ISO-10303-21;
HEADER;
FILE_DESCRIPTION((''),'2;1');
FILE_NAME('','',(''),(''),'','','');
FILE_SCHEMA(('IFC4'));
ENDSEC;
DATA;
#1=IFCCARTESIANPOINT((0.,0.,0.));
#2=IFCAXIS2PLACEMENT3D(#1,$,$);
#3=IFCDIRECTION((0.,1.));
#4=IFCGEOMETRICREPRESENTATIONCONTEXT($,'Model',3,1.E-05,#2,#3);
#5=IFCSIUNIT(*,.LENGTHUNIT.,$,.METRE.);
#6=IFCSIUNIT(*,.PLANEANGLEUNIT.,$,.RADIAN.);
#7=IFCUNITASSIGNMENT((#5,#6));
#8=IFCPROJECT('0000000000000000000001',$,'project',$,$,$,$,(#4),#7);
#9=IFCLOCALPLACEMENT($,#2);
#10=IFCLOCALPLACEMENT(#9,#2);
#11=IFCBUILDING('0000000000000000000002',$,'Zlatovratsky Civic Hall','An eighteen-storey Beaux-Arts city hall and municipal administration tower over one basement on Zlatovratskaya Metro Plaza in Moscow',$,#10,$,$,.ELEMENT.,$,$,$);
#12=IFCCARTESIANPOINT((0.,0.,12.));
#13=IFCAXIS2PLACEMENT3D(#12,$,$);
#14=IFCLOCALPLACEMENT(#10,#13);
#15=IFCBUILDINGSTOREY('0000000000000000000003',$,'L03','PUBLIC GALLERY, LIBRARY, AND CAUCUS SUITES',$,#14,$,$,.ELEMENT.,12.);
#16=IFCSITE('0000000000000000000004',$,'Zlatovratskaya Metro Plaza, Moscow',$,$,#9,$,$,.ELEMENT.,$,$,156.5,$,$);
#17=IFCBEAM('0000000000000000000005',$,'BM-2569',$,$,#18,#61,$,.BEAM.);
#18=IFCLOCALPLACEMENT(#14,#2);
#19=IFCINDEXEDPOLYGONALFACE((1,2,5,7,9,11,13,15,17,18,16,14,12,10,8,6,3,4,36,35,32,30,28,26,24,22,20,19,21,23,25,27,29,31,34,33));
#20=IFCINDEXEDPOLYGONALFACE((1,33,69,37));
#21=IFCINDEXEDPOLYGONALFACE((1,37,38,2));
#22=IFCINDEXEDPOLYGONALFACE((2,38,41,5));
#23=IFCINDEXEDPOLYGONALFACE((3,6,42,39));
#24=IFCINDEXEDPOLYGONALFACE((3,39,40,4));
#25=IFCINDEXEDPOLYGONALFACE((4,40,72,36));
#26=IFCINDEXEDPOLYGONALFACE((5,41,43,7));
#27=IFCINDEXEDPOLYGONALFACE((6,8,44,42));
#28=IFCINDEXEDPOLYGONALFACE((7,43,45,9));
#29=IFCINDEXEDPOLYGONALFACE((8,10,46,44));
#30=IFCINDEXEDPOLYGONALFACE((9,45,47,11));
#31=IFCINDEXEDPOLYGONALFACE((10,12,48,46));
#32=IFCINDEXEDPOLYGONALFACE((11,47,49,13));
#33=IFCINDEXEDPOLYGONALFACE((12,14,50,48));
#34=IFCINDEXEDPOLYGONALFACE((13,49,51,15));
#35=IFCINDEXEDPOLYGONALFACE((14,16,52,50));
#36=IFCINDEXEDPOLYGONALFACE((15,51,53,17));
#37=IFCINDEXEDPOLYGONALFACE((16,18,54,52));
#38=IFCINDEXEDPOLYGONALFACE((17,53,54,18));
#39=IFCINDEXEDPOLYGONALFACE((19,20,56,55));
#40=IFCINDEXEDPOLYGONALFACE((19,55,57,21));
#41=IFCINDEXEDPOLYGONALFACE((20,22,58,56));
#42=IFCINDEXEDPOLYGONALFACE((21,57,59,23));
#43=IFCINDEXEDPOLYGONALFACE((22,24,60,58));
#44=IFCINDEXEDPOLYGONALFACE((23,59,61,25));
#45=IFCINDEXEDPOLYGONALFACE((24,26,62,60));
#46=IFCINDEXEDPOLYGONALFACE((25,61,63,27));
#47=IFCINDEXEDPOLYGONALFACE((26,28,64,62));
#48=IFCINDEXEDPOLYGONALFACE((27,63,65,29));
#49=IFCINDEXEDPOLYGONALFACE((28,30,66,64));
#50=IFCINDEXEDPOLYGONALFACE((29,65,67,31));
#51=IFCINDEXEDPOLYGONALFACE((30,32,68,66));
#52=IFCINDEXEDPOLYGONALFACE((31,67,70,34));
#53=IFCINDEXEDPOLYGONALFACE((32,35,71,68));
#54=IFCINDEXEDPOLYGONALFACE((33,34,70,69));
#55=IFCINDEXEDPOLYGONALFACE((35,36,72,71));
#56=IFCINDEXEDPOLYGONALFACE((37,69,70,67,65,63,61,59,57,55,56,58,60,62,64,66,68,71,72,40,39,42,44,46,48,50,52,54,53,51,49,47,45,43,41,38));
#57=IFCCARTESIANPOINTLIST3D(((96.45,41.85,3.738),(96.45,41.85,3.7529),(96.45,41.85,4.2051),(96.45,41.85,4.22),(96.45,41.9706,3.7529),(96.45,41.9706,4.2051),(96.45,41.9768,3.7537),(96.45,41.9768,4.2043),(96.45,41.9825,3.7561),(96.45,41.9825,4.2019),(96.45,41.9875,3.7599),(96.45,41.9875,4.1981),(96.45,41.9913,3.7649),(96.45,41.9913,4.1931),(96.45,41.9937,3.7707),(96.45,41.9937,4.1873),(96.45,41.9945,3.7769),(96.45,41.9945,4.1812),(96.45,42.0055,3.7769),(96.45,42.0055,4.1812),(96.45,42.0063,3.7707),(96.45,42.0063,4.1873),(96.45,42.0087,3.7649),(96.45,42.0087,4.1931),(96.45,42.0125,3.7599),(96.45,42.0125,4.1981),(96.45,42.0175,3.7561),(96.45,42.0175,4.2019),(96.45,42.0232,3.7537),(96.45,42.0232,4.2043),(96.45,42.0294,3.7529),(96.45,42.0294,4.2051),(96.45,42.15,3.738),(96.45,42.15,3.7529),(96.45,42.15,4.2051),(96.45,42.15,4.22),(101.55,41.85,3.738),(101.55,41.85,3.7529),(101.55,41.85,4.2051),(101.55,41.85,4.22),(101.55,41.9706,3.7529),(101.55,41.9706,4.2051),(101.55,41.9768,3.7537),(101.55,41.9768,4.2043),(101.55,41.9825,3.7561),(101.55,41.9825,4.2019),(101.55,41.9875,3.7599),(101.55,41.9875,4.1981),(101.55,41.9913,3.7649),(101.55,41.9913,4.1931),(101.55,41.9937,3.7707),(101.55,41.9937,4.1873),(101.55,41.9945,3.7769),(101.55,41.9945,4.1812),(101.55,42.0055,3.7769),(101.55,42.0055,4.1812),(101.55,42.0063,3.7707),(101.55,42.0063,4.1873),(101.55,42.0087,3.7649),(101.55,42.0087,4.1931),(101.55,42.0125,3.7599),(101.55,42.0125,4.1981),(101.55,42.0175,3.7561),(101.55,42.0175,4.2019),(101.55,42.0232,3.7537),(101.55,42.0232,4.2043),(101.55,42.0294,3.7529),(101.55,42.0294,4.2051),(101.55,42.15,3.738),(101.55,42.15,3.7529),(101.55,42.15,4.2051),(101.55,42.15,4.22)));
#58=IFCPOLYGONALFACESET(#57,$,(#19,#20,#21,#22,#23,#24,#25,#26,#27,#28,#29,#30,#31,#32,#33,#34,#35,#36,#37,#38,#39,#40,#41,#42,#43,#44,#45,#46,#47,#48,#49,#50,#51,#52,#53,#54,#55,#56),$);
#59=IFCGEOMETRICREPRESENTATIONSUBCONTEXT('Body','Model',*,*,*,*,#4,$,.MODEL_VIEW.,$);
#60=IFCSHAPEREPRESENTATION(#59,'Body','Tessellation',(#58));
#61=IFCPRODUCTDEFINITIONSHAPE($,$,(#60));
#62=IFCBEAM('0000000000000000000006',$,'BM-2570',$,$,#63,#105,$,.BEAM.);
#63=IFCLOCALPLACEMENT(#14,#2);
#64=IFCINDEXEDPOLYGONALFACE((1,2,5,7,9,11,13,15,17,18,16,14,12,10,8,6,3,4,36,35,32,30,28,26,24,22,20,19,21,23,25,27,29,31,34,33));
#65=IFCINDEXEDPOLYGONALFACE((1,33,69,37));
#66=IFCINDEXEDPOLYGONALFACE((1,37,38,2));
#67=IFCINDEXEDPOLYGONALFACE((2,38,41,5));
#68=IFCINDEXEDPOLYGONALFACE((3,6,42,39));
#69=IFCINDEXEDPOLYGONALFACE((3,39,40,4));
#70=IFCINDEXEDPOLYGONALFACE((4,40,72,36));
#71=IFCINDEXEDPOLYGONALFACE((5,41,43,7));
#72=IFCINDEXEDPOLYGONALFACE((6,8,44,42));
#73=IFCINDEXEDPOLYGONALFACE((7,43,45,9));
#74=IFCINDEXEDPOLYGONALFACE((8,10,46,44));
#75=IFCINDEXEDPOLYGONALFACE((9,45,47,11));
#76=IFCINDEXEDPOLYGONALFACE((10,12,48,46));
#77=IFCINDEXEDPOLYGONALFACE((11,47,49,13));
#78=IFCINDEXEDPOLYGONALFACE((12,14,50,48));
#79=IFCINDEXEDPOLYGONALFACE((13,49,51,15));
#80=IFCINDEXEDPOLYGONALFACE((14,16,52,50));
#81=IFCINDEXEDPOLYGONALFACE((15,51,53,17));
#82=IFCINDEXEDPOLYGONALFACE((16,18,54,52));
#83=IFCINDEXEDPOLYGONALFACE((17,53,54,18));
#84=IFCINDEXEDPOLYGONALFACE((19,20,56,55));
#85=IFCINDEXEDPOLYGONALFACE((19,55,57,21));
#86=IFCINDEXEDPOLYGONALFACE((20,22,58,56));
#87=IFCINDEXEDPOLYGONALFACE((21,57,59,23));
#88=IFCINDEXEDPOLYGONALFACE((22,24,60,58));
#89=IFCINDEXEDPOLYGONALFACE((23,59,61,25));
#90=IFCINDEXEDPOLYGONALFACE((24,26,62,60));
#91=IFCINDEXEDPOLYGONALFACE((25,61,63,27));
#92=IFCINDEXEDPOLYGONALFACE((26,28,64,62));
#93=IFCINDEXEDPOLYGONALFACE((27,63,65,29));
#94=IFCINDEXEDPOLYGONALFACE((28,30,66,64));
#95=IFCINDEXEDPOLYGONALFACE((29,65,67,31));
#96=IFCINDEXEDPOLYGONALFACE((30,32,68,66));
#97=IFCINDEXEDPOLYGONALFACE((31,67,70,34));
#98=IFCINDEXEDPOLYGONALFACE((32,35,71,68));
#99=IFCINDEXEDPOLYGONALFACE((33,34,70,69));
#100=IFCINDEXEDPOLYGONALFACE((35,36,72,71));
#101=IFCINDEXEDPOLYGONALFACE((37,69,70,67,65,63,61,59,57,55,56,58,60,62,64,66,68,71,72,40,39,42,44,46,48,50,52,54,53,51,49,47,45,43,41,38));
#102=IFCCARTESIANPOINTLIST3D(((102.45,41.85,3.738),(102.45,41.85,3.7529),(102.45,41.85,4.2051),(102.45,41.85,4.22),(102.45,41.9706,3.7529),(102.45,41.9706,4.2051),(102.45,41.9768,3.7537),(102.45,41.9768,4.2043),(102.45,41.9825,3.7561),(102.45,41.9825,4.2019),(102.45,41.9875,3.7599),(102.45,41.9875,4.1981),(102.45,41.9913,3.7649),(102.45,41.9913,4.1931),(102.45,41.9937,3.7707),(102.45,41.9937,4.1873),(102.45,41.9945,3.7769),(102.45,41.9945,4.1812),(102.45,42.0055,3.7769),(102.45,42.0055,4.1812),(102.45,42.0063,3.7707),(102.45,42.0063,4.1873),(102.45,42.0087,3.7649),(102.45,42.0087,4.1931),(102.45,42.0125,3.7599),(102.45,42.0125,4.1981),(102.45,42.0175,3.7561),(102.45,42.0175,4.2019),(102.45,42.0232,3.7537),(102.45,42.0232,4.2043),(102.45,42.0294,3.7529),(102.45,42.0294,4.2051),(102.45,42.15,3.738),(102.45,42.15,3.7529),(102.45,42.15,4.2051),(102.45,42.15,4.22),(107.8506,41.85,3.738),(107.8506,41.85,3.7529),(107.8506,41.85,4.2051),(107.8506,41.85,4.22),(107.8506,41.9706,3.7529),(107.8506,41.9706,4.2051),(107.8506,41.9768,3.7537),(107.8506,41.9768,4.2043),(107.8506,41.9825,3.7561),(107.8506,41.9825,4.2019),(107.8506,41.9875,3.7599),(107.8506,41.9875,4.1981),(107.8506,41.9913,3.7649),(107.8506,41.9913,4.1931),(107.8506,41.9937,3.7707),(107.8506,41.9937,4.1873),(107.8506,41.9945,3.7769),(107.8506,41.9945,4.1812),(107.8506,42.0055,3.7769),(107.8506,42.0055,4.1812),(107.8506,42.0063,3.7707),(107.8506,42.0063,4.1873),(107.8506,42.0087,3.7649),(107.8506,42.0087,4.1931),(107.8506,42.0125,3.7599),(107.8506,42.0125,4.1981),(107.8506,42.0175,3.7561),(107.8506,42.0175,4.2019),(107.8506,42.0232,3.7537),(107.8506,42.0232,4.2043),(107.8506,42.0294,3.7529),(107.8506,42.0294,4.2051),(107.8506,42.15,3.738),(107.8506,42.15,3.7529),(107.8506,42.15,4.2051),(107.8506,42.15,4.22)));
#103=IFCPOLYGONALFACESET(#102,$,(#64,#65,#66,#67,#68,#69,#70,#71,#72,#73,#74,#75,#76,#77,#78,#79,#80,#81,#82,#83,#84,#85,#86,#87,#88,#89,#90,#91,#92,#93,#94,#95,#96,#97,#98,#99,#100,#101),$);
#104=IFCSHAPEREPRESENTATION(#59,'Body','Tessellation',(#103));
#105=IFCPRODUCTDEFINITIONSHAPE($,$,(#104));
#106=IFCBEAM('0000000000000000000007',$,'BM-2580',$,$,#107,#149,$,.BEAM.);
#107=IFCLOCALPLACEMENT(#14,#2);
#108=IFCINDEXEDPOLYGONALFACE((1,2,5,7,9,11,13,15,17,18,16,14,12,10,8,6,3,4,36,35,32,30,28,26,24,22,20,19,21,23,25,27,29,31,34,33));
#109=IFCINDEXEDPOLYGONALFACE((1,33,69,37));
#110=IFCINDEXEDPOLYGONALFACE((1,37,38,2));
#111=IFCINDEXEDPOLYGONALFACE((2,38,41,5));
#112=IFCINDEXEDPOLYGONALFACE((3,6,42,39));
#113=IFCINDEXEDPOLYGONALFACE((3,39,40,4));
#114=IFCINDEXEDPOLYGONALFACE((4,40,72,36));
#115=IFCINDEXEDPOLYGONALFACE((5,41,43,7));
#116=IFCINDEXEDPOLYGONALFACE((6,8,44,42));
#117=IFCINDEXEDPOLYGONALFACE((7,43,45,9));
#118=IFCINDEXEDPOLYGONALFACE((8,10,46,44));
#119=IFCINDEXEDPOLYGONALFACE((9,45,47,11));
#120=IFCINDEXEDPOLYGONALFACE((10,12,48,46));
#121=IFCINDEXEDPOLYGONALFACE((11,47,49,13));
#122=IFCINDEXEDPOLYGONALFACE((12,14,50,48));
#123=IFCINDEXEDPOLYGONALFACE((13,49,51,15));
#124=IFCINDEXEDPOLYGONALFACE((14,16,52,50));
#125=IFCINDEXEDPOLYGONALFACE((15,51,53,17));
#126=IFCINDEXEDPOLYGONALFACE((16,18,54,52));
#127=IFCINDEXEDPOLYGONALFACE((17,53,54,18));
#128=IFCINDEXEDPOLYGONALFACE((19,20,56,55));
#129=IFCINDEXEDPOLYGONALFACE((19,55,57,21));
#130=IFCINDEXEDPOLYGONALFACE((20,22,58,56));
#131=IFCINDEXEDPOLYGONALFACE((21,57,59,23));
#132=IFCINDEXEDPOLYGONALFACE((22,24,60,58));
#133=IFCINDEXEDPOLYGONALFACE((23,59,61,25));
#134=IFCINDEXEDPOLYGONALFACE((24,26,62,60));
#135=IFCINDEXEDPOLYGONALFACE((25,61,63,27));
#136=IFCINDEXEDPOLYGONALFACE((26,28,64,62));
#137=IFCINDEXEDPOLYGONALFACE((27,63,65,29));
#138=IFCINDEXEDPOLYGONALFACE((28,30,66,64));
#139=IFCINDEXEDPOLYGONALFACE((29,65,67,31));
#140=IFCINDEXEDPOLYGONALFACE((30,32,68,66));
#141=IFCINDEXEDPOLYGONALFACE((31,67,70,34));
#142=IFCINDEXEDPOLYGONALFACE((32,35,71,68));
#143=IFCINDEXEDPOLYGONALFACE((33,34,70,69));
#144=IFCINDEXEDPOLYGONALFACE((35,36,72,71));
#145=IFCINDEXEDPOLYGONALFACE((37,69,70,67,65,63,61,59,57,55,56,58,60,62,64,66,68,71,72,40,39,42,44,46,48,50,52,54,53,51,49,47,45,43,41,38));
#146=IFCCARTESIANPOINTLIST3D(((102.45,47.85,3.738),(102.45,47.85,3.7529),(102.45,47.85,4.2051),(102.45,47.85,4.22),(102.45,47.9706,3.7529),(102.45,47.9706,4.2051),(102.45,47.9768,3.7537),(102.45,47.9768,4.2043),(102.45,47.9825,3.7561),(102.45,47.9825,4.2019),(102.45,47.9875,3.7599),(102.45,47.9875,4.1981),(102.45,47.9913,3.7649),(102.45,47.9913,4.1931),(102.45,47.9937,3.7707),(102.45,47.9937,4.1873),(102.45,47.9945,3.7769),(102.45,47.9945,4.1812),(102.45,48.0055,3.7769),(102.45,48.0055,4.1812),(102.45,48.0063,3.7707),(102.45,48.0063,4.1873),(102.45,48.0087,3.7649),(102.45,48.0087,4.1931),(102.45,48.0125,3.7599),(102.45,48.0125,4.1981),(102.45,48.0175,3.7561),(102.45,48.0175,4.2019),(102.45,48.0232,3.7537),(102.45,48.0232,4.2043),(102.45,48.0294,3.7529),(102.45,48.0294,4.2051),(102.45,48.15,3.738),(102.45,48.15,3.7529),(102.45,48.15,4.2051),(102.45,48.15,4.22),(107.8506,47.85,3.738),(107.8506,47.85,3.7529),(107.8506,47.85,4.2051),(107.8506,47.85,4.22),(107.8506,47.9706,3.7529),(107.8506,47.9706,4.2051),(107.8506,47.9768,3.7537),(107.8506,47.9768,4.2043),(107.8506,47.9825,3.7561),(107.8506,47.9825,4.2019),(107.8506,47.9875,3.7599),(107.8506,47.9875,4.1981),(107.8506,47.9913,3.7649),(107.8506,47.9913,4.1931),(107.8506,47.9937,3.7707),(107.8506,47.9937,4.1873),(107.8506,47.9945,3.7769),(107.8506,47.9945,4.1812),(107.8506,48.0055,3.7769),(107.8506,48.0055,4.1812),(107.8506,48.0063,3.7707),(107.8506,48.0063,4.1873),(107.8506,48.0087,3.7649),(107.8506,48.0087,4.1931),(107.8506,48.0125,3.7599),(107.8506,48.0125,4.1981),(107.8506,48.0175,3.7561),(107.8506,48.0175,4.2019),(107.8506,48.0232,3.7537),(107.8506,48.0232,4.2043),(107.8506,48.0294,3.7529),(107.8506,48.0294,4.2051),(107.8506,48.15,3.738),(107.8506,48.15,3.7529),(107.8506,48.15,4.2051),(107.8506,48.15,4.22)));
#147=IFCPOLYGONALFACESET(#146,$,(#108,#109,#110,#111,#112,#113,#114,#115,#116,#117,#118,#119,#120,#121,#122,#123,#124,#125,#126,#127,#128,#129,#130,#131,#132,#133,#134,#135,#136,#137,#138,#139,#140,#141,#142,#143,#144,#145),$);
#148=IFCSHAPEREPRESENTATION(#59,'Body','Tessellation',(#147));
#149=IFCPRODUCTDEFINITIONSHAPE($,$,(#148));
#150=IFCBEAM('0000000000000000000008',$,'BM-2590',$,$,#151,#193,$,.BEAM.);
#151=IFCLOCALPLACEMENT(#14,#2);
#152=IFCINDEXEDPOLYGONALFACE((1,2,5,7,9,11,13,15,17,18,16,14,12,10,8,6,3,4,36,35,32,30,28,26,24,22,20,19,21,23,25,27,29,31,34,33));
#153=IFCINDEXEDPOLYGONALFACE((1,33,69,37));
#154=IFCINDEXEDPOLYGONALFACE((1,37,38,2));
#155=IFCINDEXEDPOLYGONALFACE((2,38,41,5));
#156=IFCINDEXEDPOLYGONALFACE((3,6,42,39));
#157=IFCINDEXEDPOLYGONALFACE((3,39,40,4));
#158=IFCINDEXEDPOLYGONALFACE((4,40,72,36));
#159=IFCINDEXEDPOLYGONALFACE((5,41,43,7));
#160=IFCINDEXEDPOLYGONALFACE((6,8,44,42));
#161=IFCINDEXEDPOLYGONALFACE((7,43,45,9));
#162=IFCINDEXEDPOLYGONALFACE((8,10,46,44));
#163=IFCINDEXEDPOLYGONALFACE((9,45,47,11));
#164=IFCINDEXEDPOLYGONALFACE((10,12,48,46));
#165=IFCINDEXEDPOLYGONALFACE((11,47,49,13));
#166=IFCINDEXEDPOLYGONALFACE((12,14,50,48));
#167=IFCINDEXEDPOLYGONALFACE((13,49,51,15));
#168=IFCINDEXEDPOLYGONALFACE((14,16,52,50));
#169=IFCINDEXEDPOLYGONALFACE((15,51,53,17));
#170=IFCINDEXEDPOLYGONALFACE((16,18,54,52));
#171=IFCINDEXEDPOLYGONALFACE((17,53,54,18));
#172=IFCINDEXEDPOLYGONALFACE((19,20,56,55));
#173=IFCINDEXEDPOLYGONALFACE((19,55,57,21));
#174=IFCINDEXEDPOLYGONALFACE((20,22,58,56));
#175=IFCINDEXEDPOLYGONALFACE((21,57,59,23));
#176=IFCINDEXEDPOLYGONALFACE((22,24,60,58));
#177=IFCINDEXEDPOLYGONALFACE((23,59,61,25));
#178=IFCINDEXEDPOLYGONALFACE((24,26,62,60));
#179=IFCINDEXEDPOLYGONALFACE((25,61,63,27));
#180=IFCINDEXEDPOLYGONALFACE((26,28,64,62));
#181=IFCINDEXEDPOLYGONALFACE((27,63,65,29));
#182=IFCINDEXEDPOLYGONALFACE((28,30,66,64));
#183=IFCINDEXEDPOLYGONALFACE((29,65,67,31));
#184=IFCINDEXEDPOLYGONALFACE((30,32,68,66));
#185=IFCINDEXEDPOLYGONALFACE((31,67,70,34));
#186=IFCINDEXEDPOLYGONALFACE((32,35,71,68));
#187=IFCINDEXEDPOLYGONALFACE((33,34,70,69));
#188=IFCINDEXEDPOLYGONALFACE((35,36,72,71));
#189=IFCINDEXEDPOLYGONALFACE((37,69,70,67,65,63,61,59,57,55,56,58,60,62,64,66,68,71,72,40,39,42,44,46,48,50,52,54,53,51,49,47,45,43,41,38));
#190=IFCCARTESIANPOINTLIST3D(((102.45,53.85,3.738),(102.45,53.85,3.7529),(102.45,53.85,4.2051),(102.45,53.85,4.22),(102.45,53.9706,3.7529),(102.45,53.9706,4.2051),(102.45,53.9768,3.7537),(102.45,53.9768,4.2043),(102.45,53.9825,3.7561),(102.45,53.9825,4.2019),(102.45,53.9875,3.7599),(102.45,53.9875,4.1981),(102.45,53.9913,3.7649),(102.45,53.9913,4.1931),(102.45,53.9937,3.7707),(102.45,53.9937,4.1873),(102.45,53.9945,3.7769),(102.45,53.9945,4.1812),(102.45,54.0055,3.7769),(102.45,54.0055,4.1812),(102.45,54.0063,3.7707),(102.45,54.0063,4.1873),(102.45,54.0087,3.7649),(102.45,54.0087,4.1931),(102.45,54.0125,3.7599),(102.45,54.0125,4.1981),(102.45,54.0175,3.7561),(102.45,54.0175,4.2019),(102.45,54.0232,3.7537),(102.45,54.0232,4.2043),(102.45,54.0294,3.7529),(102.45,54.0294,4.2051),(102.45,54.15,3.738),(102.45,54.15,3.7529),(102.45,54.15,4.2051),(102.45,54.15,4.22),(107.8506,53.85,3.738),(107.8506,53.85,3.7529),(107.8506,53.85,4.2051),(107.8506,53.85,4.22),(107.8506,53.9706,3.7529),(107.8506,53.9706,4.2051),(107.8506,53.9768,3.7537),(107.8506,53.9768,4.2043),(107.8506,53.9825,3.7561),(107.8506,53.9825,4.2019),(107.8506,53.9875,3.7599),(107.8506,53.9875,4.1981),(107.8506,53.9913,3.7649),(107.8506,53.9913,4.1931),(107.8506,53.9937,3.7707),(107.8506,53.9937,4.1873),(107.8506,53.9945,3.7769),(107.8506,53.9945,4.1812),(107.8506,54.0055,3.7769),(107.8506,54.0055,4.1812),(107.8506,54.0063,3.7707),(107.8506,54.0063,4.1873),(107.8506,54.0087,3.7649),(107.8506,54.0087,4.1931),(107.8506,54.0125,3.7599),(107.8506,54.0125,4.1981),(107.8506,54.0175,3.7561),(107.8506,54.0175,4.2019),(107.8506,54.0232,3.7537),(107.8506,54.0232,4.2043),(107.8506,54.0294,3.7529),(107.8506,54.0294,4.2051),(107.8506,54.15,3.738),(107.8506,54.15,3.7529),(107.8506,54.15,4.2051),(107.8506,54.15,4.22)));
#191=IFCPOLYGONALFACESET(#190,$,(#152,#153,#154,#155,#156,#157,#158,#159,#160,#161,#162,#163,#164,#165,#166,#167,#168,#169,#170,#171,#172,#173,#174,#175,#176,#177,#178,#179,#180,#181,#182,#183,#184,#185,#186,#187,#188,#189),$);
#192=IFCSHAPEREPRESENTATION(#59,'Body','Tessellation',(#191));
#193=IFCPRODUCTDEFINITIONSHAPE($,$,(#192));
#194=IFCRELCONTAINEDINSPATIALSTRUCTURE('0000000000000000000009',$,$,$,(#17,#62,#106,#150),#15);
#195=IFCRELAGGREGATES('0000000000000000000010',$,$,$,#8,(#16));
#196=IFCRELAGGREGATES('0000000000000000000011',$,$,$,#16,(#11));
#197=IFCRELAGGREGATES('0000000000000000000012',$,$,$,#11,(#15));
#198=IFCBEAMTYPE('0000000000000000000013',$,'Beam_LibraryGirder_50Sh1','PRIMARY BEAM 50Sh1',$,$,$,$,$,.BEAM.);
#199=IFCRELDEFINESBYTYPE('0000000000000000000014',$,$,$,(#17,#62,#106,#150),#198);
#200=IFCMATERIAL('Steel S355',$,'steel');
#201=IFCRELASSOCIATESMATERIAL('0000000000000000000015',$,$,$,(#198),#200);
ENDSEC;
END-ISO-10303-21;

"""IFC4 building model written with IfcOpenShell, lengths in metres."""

from ifc_helpers import new_model, si_unit, direction, frame, origin, origin_2d, place, context, subcontext, project, spatial, i_section, extrude, material, material_profile, profile_set, type_object, element, save


model = new_model("IFC4")

# Units and contexts
model_context = context("Model", 3, precision=1e-05, world=origin(), true_north=direction((0.0, 1.0)))
body_context = subcontext(model_context, "Body", "Model", "MODEL_VIEW")
ifc_project = project(units=[si_unit("LENGTHUNIT", "METRE"), si_unit("PLANEANGLEUNIT", "RADIAN")], contexts=[model_context])

# Site, building, storey
site_placement = place(None, origin())
site = spatial("IfcSite", under=ifc_project, at=site_placement, Name="Zlatovratskaya Metro Plaza, Moscow", CompositionType="ELEMENT", RefElevation=156.5)
building_placement = place(site_placement, origin())
building = spatial("IfcBuilding", under=site, at=building_placement, Name="Zlatovratsky Civic Hall", Description="An eighteen-storey Beaux-Arts city hall and municipal administration tower over one basement on Zlatovratskaya Metro Plaza in Moscow", CompositionType="ELEMENT")
storey_placement = place(building_placement, frame((0.0, 0.0, 12.0)))
storey = spatial("IfcBuildingStorey", under=building, at=storey_placement, Name="L03", Description="PUBLIC GALLERY, LIBRARY, AND CAUCUS SUITES", CompositionType="ELEMENT", Elevation=12.0)

# Shared definitions
ifc_material_1 = material(Name="Steel S355", Category="steel")

# Beams
ifc_material_profile_1 = material_profile(ifc_material_1, i_section(OverallWidth=0.3, OverallDepth=0.4819, WebThickness=0.011, FlangeThickness=0.0149, FilletRadius=0.0239, at=origin_2d()), Name="50Sh1")
ifc_profile_set_1 = profile_set([ifc_material_profile_1], Name="Steel S355")
beam_type = type_object("IfcBeamType", Name="Beam_LibraryGirder_50Sh1", Description="PRIMARY BEAM 50Sh1", PredefinedType="BEAM", material=ifc_profile_set_1)
for number, where, z_axis, x_axis, name in (
    (1, (96.45, 42.0, 3.979), (1.0, 0.0, 0.0), (0.0, 1.0, 0.0), "BM-2569"),
):
    element("IfcBeam", number, at=place(storey_placement, frame(where, z_axis=z_axis, x_axis=x_axis)), inside=storey, type_object=beam_type, Name=name, PredefinedType="BEAM", context=body_context, shape_type="SweptSolid", body=[
        extrude(i_section(OverallWidth=0.3, OverallDepth=0.4819, WebThickness=0.011, FlangeThickness=0.0149, FilletRadius=0.0239, at=origin_2d()), origin(), (0.0, 0.0, 1.0), 5.1001),
    ])
for number, where, z_axis, x_axis, name in (
    (2, (102.45, 42.0, 3.979), (1.0, 0.0, 0.0), (0.0, 1.0, 0.0), "BM-2570"),
    (3, (102.45, 48.0, 3.979), (1.0, 0.0, 0.0), (0.0, 1.0, 0.0), "BM-2580"),
    (4, (102.45, 54.0, 3.979), (1.0, 0.0, 0.0), (0.0, 1.0, 0.0), "BM-2590"),
):
    element("IfcBeam", number, at=place(storey_placement, frame(where, z_axis=z_axis, x_axis=x_axis)), inside=storey, type_object=beam_type, Name=name, PredefinedType="BEAM", context=body_context, shape_type="SweptSolid", body=[
        extrude(i_section(OverallWidth=0.3, OverallDepth=0.4819, WebThickness=0.011, FlangeThickness=0.0149, FilletRadius=0.0239, at=origin_2d()), origin(), (0.0, 0.0, 1.0), 5.4006),
    ])

save(model, "model.ifc")
